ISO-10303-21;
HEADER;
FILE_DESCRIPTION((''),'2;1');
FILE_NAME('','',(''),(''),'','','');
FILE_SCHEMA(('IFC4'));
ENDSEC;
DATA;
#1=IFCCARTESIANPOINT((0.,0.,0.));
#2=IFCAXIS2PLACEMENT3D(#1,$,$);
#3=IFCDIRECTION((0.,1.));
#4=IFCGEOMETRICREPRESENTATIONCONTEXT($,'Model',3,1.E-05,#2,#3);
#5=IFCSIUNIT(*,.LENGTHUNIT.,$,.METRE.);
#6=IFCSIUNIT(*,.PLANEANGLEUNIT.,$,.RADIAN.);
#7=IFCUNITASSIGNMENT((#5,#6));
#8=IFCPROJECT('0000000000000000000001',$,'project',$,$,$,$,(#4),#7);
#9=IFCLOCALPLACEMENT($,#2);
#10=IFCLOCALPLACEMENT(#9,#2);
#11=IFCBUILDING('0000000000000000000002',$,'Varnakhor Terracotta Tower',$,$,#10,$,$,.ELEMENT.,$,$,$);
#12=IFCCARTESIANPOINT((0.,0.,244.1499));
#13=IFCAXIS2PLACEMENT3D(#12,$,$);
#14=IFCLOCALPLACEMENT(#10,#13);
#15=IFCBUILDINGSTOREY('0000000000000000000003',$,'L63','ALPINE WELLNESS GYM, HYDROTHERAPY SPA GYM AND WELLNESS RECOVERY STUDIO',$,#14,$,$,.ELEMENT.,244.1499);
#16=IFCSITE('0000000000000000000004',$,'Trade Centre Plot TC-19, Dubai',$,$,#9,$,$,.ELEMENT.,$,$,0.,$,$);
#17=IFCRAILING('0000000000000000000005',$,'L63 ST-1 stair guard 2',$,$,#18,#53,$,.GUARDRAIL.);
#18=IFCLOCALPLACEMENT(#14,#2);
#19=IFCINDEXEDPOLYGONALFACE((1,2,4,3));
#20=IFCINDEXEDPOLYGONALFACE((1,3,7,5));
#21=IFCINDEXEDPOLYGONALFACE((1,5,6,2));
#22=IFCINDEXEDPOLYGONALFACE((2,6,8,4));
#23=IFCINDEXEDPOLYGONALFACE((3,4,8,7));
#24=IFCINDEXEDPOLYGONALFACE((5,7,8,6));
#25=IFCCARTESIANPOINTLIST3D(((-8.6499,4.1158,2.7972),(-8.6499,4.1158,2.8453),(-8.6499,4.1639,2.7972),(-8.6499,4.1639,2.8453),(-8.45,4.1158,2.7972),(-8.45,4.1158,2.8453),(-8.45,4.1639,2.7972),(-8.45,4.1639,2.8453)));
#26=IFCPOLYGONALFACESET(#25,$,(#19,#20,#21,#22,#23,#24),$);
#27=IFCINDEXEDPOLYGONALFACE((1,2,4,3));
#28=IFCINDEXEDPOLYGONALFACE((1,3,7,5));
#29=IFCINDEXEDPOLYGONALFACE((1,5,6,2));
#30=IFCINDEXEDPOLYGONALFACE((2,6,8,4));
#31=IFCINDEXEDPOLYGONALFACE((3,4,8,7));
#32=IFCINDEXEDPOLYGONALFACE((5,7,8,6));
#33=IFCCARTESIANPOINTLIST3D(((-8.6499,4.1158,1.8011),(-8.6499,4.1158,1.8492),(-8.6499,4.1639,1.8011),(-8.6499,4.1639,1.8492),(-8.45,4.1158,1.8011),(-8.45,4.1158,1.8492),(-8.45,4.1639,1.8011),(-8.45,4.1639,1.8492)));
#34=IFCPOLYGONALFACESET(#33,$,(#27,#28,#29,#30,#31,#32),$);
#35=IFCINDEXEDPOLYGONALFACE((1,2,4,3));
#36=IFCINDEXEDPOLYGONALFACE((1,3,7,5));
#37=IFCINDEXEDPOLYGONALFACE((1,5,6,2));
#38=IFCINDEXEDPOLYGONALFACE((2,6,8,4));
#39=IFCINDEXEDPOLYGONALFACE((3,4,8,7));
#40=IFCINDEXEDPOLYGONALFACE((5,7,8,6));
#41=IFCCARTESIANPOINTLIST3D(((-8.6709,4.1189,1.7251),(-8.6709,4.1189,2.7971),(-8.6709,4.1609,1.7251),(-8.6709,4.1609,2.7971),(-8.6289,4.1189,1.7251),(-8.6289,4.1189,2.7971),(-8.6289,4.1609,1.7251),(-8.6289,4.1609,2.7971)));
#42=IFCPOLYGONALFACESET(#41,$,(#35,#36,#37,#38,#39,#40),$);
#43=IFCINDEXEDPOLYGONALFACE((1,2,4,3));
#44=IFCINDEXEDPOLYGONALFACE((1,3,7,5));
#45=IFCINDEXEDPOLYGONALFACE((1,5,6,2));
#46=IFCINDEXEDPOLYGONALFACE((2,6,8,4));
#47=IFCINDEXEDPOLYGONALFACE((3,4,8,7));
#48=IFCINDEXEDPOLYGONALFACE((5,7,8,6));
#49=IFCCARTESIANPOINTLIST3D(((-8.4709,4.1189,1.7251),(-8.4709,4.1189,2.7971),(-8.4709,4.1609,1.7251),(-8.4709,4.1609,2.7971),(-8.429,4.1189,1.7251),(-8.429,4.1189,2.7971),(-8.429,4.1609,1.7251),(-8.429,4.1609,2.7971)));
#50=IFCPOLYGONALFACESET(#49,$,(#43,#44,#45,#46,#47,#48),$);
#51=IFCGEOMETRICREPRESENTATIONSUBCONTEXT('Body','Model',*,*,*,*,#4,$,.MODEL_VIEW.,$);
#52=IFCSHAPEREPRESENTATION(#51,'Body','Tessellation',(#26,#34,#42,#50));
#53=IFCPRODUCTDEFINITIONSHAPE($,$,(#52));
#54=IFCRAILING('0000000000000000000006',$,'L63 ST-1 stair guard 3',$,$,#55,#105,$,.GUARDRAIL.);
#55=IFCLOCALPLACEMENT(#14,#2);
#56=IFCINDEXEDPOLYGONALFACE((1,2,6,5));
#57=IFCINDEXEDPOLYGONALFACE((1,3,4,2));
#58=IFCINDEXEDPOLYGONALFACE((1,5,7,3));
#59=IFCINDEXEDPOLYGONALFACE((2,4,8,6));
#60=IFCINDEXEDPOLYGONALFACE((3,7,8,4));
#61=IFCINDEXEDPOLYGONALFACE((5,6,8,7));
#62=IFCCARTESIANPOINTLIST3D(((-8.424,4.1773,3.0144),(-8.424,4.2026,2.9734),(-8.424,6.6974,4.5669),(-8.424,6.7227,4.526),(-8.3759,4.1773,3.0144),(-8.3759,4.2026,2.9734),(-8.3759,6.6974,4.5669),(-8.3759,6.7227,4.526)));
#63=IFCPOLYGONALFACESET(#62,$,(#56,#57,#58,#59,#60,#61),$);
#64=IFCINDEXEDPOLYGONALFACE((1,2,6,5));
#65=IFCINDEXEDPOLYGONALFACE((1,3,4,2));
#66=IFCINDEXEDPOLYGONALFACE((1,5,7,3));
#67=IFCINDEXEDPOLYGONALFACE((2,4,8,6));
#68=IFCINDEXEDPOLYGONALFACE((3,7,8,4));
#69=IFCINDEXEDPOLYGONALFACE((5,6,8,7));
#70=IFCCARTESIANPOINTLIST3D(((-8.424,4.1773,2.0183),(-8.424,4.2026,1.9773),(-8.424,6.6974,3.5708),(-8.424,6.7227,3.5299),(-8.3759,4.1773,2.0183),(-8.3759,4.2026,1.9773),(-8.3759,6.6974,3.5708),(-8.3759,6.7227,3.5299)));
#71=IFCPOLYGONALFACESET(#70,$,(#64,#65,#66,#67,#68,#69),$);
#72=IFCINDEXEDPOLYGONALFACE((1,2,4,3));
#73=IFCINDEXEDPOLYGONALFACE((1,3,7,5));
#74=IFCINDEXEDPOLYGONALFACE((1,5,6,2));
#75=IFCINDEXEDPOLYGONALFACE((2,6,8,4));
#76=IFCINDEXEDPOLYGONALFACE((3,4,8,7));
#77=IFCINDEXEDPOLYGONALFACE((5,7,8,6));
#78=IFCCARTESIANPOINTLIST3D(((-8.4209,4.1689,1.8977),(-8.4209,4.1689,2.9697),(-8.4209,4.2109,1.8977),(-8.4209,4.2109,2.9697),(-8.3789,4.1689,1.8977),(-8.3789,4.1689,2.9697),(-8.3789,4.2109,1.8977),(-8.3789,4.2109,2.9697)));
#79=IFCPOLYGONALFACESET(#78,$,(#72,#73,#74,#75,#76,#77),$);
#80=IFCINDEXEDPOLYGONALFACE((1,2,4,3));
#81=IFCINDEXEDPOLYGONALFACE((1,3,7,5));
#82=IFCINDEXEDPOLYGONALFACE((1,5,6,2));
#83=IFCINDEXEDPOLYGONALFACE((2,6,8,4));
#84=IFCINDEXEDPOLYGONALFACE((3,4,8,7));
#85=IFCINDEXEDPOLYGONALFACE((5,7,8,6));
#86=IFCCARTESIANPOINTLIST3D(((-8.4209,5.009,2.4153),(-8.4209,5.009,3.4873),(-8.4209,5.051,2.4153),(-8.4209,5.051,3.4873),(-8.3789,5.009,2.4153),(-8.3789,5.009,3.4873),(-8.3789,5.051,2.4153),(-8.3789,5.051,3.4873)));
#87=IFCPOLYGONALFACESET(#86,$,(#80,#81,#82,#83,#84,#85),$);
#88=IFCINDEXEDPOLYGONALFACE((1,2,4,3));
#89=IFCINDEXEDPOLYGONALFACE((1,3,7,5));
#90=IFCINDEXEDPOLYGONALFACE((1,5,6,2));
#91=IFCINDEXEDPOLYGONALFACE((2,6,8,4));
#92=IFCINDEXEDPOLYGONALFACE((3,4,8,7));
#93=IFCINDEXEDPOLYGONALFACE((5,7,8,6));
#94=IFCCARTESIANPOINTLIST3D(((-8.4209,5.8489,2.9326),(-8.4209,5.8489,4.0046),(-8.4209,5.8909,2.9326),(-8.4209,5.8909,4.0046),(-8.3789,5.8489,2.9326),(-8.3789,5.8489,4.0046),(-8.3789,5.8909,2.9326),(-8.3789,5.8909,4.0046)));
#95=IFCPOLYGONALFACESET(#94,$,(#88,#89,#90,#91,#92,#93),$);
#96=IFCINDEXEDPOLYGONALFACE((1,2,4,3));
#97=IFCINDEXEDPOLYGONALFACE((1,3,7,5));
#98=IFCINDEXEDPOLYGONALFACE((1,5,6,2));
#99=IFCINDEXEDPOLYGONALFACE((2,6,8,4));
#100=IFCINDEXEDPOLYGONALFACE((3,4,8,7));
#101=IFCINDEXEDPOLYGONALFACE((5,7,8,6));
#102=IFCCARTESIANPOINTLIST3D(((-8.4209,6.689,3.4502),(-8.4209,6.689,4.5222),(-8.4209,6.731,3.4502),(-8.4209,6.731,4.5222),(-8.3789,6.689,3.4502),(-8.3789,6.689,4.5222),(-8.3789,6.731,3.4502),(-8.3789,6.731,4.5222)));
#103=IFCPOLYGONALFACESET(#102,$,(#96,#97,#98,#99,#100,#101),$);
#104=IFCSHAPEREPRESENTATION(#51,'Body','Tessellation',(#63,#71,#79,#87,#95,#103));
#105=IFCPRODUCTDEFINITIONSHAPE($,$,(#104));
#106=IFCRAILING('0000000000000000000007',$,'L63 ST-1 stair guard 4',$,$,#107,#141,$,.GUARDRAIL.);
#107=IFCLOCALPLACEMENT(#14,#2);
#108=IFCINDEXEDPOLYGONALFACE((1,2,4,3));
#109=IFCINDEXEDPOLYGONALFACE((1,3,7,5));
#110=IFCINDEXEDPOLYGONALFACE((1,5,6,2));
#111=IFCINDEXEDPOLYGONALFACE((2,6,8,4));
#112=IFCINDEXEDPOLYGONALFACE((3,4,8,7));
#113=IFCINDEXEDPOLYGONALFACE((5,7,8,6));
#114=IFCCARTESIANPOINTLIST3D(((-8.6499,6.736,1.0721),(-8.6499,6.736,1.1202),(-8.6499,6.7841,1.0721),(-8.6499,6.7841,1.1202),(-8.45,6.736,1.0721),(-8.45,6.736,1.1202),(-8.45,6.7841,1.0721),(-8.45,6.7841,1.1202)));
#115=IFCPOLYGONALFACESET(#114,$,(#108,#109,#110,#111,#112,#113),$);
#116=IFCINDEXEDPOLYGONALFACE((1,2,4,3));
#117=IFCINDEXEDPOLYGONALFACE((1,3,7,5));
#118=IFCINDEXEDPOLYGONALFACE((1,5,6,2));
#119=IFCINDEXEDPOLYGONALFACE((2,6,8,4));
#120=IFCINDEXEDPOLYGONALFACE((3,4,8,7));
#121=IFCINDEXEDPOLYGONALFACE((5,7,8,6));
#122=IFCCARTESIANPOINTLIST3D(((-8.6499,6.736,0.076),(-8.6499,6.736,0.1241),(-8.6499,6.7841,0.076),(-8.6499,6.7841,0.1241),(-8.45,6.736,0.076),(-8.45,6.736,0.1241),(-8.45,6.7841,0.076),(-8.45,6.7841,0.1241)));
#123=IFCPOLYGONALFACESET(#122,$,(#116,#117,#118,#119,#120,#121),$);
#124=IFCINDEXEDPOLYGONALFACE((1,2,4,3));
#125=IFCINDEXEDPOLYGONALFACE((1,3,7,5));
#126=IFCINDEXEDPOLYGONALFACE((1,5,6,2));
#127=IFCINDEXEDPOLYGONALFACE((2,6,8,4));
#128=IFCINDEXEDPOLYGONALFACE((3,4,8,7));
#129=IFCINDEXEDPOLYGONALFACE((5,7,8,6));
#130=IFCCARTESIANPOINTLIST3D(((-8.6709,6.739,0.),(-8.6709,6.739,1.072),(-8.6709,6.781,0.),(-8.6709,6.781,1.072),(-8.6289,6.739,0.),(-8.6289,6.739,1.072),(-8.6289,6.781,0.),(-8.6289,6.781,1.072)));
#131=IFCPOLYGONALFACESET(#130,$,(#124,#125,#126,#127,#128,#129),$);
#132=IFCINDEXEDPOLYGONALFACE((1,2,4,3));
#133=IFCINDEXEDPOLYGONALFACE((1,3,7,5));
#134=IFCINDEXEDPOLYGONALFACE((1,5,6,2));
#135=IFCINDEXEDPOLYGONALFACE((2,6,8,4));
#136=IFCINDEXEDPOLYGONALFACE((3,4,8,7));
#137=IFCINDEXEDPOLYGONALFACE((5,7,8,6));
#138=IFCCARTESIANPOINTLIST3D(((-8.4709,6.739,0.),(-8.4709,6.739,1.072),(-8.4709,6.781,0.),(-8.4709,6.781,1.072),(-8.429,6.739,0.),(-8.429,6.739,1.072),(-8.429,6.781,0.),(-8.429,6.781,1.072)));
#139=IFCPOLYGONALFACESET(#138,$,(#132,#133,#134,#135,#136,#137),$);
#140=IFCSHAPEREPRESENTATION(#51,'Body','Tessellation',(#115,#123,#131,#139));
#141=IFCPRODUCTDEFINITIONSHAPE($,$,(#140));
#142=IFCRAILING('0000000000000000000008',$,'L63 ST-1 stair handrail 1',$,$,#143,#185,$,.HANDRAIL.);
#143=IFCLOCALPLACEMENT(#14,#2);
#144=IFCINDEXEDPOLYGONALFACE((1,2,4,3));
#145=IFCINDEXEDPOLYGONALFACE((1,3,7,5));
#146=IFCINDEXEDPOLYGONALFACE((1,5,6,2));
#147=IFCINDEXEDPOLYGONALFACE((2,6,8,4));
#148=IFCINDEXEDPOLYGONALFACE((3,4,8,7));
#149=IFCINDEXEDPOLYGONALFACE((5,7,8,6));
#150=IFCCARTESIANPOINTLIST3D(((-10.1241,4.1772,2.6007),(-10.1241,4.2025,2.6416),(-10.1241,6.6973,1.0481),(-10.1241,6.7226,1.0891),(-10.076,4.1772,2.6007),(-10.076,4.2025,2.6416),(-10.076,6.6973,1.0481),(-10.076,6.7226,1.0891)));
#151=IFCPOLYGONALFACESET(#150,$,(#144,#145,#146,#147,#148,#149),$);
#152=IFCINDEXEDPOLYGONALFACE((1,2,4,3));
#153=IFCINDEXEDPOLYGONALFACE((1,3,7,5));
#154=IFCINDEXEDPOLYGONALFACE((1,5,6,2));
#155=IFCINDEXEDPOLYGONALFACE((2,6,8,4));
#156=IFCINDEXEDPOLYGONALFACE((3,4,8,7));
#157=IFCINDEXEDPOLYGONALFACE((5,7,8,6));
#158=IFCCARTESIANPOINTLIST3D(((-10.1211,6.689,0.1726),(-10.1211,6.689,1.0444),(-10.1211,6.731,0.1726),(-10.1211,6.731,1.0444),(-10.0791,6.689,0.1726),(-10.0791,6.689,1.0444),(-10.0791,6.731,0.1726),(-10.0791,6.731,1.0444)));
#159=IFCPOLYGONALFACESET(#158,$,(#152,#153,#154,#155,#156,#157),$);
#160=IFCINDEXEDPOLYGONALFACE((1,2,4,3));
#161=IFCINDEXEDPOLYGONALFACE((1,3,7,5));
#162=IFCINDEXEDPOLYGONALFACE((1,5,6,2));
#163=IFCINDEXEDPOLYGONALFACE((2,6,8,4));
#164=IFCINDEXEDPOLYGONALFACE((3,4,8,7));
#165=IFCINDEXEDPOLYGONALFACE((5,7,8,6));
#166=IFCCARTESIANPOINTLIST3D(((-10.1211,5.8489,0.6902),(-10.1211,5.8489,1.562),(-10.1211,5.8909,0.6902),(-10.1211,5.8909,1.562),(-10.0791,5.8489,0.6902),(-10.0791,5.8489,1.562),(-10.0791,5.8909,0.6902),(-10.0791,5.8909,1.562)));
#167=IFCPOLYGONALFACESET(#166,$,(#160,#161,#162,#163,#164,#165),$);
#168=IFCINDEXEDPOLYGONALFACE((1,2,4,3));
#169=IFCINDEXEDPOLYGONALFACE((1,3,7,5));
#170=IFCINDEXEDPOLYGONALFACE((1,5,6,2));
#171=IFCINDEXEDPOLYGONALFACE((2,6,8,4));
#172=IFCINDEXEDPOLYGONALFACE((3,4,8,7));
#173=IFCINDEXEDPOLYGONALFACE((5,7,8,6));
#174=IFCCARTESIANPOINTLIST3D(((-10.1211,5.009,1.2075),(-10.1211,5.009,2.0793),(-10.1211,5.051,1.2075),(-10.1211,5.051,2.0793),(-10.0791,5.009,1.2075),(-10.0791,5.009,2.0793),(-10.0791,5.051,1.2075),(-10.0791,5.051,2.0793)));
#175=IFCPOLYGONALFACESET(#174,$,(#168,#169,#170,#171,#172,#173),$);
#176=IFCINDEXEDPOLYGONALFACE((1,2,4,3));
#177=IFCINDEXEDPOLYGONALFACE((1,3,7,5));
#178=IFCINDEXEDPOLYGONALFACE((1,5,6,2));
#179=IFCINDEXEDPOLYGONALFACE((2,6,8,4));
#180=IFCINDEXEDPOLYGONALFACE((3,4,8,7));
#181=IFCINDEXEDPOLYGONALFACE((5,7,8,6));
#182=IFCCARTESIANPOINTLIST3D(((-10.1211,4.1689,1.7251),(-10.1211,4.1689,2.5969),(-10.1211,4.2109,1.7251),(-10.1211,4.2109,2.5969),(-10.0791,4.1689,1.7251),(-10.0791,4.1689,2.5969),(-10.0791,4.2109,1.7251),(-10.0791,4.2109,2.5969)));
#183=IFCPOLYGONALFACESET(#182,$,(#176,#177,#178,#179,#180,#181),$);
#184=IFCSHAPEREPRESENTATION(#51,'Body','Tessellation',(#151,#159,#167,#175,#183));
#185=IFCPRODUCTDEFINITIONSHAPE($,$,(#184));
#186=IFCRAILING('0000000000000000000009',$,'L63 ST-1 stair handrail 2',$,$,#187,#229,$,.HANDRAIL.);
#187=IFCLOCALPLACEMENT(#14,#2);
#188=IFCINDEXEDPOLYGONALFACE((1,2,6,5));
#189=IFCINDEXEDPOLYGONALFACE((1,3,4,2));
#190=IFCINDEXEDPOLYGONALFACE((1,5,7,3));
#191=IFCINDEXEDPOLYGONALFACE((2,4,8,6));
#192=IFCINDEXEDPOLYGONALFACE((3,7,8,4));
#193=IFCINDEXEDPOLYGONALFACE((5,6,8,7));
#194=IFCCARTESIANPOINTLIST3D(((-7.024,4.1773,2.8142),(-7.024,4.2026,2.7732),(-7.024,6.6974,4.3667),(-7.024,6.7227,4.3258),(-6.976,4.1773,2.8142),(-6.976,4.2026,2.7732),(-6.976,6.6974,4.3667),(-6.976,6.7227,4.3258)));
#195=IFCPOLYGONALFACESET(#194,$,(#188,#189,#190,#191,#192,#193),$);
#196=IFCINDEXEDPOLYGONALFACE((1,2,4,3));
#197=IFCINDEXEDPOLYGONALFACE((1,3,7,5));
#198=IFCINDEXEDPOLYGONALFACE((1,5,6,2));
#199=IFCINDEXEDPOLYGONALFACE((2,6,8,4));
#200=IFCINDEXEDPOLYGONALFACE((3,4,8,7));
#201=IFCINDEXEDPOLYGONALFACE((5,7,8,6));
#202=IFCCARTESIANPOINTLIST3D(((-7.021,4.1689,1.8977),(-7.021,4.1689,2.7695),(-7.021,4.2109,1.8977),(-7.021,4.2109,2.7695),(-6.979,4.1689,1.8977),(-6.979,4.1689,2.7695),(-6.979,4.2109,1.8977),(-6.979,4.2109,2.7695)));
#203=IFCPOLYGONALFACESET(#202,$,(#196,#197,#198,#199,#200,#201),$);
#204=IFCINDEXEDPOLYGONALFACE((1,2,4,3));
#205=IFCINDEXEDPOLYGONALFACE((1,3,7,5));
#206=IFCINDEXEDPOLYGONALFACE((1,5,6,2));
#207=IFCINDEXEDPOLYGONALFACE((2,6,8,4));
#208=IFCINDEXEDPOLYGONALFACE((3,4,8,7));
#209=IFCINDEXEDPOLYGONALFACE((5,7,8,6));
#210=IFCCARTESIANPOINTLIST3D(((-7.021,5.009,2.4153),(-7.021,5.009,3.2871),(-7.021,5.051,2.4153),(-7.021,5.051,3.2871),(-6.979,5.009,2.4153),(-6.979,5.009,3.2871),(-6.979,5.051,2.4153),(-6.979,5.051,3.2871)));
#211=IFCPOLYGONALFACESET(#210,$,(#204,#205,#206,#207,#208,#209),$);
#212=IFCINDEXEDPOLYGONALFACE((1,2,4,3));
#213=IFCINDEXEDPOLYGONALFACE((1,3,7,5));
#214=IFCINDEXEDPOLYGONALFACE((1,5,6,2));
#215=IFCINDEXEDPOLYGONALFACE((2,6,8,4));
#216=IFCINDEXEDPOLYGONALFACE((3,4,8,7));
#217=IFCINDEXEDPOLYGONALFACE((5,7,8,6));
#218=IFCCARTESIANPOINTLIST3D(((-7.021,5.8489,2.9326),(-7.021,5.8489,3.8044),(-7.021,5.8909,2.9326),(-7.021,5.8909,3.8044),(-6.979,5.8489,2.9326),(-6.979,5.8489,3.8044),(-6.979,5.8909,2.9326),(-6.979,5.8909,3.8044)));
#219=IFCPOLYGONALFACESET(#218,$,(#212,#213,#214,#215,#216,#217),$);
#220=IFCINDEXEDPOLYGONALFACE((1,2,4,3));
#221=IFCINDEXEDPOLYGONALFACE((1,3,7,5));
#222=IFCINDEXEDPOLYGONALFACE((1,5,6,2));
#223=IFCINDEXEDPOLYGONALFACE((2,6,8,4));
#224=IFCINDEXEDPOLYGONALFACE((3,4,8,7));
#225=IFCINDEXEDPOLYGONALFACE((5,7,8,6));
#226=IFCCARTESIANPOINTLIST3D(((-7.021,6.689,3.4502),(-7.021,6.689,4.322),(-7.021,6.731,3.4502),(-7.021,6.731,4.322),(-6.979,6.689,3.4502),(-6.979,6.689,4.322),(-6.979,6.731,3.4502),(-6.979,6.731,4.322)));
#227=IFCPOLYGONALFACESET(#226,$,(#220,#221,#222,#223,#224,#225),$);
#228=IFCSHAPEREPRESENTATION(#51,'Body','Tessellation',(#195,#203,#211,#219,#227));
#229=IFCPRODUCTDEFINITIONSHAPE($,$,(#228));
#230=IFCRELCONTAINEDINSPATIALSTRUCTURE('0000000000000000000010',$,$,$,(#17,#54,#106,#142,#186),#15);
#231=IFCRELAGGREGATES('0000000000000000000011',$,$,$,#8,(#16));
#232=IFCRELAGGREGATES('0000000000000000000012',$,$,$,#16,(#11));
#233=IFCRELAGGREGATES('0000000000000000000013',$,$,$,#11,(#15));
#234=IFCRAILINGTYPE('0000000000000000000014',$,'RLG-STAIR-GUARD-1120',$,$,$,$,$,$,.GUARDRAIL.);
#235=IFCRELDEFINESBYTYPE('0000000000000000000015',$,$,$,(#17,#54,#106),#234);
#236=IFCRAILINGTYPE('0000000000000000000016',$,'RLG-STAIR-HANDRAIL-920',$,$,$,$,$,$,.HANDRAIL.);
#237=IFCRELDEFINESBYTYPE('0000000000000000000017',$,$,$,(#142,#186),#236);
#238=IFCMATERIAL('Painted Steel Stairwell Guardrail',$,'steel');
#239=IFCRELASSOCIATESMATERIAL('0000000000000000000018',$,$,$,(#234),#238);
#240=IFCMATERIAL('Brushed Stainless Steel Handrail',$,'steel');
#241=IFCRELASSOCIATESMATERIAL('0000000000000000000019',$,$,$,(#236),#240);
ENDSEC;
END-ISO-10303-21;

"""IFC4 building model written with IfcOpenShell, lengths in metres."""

from ifc_helpers import new_model, si_unit, direction, frame, origin, origin_2d, place, context, subcontext, project, spatial, rectangle, extrude, material, type_object, element, save


model = new_model("IFC4")

# Units and contexts
model_context = context("Model", 3, precision=1e-05, world=origin(), true_north=direction((0.0, 1.0)))
body_context = subcontext(model_context, "Body", "Model", "MODEL_VIEW")
ifc_project = project(units=[si_unit("LENGTHUNIT", "METRE"), si_unit("PLANEANGLEUNIT", "RADIAN")], contexts=[model_context])

# Site, building, storey
site_placement = place(None, origin())
site = spatial("IfcSite", under=ifc_project, at=site_placement, Name="Trade Centre Plot TC-19, Dubai", CompositionType="ELEMENT", RefElevation=0.0)
building_placement = place(site_placement, origin())
building = spatial("IfcBuilding", under=site, at=building_placement, Name="Varnakhor Terracotta Tower", CompositionType="ELEMENT")
storey_placement = place(building_placement, frame((0.0, 0.0, 244.1499)))
storey = spatial("IfcBuildingStorey", under=building, at=storey_placement, Name="L63", Description="ALPINE WELLNESS GYM, HYDROTHERAPY SPA GYM AND WELLNESS RECOVERY STUDIO", CompositionType="ELEMENT", Elevation=244.1499)

# Railings
ifc_material_1 = material(Name="Painted Steel Stairwell Guardrail", Category="steel")
railing_type_1 = type_object("IfcRailingType", Name="RLG-STAIR-GUARD-1120", PredefinedType="GUARDRAIL", material=ifc_material_1)
railing_1_placement = place(storey_placement, frame((-8.6499, 4.1399, 1.7251)))
element("IfcRailing", 1, at=railing_1_placement, inside=storey, type_object=railing_type_1, Name="L63 ST-1 stair guard 2", PredefinedType="GUARDRAIL", context=body_context, shape_type="SweptSolid", body=[
    extrude(rectangle(XDim=0.0481, YDim=0.0481, at=origin_2d()), frame((0.0, 0.0, 1.0962), z_axis=(1.0, 0.0, 0.0), x_axis=(0.0, 1.0, 0.0)), (0.0, 0.0, 1.0), 0.2),
    extrude(rectangle(XDim=0.0481, YDim=0.0481, at=origin_2d()), frame((0.0, 0.0, 0.1001), z_axis=(1.0, 0.0, 0.0), x_axis=(0.0, 1.0, 0.0)), (0.0, 0.0, 1.0), 0.2),
    extrude(rectangle(XDim=0.042, YDim=0.042, at=origin_2d()), origin(), (0.0, 0.0, 1.0), 1.072),
    extrude(rectangle(XDim=0.042, YDim=0.042, at=origin_2d()), frame((0.2, 0.0, 0.0)), (0.0, 0.0, 1.0), 1.072),
])
railing_2_placement = place(storey_placement, frame((-8.3999, 4.1899, 1.8977)))
element("IfcRailing", 2, at=railing_2_placement, inside=storey, type_object=railing_type_1, Name="L63 ST-1 stair guard 3", PredefinedType="GUARDRAIL", context=body_context, shape_type="SweptSolid", body=[
    extrude(rectangle(XDim=0.0481, YDim=0.0481, at=origin_2d()), frame((0.0, 0.0, 1.0962), z_axis=(0.0, 0.8514, 0.524516), x_axis=(-1.0, 0.0, 0.0)), (0.0, 0.0, 1.0), 2.96),
    extrude(rectangle(XDim=0.0481, YDim=0.0481, at=origin_2d()), frame((0.0, 0.0, 0.1001), z_axis=(0.0, 0.8514, 0.524516), x_axis=(-1.0, 0.0, 0.0)), (0.0, 0.0, 1.0), 2.96),
    extrude(rectangle(XDim=0.042, YDim=0.042, at=origin_2d()), origin(), (0.0, 0.0, 1.0), 1.072),
    extrude(rectangle(XDim=0.042, YDim=0.042, at=origin_2d()), frame((0.0, 0.8401, 0.5176)), (0.0, 0.0, 1.0), 1.072),
    extrude(rectangle(XDim=0.042, YDim=0.042, at=origin_2d()), frame((0.0, 1.6799, 1.0349)), (0.0, 0.0, 1.0), 1.072),
    extrude(rectangle(XDim=0.042, YDim=0.042, at=origin_2d()), frame((0.0, 2.52, 1.5525)), (0.0, 0.0, 1.0), 1.072),
])
railing_3_placement = place(storey_placement, frame((-8.6499, 6.76, 0.0)))
element("IfcRailing", 3, at=railing_3_placement, inside=storey, type_object=railing_type_1, Name="L63 ST-1 stair guard 4", PredefinedType="GUARDRAIL", context=body_context, shape_type="SweptSolid", body=[
    extrude(rectangle(XDim=0.0481, YDim=0.0481, at=origin_2d()), frame((0.0, 0.0, 1.0962), z_axis=(1.0, 0.0, 0.0), x_axis=(0.0, 1.0, 0.0)), (0.0, 0.0, 1.0), 0.2),
    extrude(rectangle(XDim=0.0481, YDim=0.0481, at=origin_2d()), frame((0.0, 0.0, 0.1001), z_axis=(1.0, 0.0, 0.0), x_axis=(0.0, 1.0, 0.0)), (0.0, 0.0, 1.0), 0.2),
    extrude(rectangle(XDim=0.042, YDim=0.042, at=origin_2d()), origin(), (0.0, 0.0, 1.0), 1.072),
    extrude(rectangle(XDim=0.042, YDim=0.042, at=origin_2d()), frame((0.2, 0.0, 0.0)), (0.0, 0.0, 1.0), 1.072),
])
ifc_material_2 = material(Name="Brushed Stainless Steel Handrail", Category="steel")
railing_type_2 = type_object("IfcRailingType", Name="RLG-STAIR-HANDRAIL-920", PredefinedType="HANDRAIL", material=ifc_material_2)
railing_4_placement = place(storey_placement, frame((-10.1001, 6.71, 0.1726)))
element("IfcRailing", 4, at=railing_4_placement, inside=storey, type_object=railing_type_2, Name="L63 ST-1 stair handrail 1", PredefinedType="HANDRAIL", context=body_context, shape_type="SweptSolid", body=[
    extrude(rectangle(XDim=0.0481, YDim=0.0481, at=origin_2d()), frame((0.0, 0.0, 0.896), z_axis=(0.0, -0.8514, 0.524516), x_axis=(1.0, 0.0, 0.0)), (0.0, 0.0, 1.0), 2.96),
    extrude(rectangle(XDim=0.042, YDim=0.042, at=origin_2d()), origin(), (0.0, 0.0, 1.0), 0.8718),
    extrude(rectangle(XDim=0.042, YDim=0.042, at=origin_2d()), frame((0.0, -0.8401, 0.5176)), (0.0, 0.0, 1.0), 0.8718),
    extrude(rectangle(XDim=0.042, YDim=0.042, at=origin_2d()), frame((0.0, -1.6799, 1.0349)), (0.0, 0.0, 1.0), 0.8718),
    extrude(rectangle(XDim=0.042, YDim=0.042, at=origin_2d()), frame((0.0, -2.52, 1.5525)), (0.0, 0.0, 1.0), 0.8718),
])
railing_5_placement = place(storey_placement, frame((-7.0, 4.1899, 1.8977)))
element("IfcRailing", 5, at=railing_5_placement, inside=storey, type_object=railing_type_2, Name="L63 ST-1 stair handrail 2", PredefinedType="HANDRAIL", context=body_context, shape_type="SweptSolid", body=[
    extrude(rectangle(XDim=0.0481, YDim=0.0481, at=origin_2d()), frame((0.0, 0.0, 0.896), z_axis=(0.0, 0.8514, 0.524516), x_axis=(-1.0, 0.0, 0.0)), (0.0, 0.0, 1.0), 2.96),
    extrude(rectangle(XDim=0.042, YDim=0.042, at=origin_2d()), origin(), (0.0, 0.0, 1.0), 0.8718),
    extrude(rectangle(XDim=0.042, YDim=0.042, at=origin_2d()), frame((0.0, 0.8401, 0.5176)), (0.0, 0.0, 1.0), 0.8718),
    extrude(rectangle(XDim=0.042, YDim=0.042, at=origin_2d()), frame((0.0, 1.6799, 1.0349)), (0.0, 0.0, 1.0), 0.8718),
    extrude(rectangle(XDim=0.042, YDim=0.042, at=origin_2d()), frame((0.0, 2.52, 1.5525)), (0.0, 0.0, 1.0), 0.8718),
])

save(model, "model.ifc")
